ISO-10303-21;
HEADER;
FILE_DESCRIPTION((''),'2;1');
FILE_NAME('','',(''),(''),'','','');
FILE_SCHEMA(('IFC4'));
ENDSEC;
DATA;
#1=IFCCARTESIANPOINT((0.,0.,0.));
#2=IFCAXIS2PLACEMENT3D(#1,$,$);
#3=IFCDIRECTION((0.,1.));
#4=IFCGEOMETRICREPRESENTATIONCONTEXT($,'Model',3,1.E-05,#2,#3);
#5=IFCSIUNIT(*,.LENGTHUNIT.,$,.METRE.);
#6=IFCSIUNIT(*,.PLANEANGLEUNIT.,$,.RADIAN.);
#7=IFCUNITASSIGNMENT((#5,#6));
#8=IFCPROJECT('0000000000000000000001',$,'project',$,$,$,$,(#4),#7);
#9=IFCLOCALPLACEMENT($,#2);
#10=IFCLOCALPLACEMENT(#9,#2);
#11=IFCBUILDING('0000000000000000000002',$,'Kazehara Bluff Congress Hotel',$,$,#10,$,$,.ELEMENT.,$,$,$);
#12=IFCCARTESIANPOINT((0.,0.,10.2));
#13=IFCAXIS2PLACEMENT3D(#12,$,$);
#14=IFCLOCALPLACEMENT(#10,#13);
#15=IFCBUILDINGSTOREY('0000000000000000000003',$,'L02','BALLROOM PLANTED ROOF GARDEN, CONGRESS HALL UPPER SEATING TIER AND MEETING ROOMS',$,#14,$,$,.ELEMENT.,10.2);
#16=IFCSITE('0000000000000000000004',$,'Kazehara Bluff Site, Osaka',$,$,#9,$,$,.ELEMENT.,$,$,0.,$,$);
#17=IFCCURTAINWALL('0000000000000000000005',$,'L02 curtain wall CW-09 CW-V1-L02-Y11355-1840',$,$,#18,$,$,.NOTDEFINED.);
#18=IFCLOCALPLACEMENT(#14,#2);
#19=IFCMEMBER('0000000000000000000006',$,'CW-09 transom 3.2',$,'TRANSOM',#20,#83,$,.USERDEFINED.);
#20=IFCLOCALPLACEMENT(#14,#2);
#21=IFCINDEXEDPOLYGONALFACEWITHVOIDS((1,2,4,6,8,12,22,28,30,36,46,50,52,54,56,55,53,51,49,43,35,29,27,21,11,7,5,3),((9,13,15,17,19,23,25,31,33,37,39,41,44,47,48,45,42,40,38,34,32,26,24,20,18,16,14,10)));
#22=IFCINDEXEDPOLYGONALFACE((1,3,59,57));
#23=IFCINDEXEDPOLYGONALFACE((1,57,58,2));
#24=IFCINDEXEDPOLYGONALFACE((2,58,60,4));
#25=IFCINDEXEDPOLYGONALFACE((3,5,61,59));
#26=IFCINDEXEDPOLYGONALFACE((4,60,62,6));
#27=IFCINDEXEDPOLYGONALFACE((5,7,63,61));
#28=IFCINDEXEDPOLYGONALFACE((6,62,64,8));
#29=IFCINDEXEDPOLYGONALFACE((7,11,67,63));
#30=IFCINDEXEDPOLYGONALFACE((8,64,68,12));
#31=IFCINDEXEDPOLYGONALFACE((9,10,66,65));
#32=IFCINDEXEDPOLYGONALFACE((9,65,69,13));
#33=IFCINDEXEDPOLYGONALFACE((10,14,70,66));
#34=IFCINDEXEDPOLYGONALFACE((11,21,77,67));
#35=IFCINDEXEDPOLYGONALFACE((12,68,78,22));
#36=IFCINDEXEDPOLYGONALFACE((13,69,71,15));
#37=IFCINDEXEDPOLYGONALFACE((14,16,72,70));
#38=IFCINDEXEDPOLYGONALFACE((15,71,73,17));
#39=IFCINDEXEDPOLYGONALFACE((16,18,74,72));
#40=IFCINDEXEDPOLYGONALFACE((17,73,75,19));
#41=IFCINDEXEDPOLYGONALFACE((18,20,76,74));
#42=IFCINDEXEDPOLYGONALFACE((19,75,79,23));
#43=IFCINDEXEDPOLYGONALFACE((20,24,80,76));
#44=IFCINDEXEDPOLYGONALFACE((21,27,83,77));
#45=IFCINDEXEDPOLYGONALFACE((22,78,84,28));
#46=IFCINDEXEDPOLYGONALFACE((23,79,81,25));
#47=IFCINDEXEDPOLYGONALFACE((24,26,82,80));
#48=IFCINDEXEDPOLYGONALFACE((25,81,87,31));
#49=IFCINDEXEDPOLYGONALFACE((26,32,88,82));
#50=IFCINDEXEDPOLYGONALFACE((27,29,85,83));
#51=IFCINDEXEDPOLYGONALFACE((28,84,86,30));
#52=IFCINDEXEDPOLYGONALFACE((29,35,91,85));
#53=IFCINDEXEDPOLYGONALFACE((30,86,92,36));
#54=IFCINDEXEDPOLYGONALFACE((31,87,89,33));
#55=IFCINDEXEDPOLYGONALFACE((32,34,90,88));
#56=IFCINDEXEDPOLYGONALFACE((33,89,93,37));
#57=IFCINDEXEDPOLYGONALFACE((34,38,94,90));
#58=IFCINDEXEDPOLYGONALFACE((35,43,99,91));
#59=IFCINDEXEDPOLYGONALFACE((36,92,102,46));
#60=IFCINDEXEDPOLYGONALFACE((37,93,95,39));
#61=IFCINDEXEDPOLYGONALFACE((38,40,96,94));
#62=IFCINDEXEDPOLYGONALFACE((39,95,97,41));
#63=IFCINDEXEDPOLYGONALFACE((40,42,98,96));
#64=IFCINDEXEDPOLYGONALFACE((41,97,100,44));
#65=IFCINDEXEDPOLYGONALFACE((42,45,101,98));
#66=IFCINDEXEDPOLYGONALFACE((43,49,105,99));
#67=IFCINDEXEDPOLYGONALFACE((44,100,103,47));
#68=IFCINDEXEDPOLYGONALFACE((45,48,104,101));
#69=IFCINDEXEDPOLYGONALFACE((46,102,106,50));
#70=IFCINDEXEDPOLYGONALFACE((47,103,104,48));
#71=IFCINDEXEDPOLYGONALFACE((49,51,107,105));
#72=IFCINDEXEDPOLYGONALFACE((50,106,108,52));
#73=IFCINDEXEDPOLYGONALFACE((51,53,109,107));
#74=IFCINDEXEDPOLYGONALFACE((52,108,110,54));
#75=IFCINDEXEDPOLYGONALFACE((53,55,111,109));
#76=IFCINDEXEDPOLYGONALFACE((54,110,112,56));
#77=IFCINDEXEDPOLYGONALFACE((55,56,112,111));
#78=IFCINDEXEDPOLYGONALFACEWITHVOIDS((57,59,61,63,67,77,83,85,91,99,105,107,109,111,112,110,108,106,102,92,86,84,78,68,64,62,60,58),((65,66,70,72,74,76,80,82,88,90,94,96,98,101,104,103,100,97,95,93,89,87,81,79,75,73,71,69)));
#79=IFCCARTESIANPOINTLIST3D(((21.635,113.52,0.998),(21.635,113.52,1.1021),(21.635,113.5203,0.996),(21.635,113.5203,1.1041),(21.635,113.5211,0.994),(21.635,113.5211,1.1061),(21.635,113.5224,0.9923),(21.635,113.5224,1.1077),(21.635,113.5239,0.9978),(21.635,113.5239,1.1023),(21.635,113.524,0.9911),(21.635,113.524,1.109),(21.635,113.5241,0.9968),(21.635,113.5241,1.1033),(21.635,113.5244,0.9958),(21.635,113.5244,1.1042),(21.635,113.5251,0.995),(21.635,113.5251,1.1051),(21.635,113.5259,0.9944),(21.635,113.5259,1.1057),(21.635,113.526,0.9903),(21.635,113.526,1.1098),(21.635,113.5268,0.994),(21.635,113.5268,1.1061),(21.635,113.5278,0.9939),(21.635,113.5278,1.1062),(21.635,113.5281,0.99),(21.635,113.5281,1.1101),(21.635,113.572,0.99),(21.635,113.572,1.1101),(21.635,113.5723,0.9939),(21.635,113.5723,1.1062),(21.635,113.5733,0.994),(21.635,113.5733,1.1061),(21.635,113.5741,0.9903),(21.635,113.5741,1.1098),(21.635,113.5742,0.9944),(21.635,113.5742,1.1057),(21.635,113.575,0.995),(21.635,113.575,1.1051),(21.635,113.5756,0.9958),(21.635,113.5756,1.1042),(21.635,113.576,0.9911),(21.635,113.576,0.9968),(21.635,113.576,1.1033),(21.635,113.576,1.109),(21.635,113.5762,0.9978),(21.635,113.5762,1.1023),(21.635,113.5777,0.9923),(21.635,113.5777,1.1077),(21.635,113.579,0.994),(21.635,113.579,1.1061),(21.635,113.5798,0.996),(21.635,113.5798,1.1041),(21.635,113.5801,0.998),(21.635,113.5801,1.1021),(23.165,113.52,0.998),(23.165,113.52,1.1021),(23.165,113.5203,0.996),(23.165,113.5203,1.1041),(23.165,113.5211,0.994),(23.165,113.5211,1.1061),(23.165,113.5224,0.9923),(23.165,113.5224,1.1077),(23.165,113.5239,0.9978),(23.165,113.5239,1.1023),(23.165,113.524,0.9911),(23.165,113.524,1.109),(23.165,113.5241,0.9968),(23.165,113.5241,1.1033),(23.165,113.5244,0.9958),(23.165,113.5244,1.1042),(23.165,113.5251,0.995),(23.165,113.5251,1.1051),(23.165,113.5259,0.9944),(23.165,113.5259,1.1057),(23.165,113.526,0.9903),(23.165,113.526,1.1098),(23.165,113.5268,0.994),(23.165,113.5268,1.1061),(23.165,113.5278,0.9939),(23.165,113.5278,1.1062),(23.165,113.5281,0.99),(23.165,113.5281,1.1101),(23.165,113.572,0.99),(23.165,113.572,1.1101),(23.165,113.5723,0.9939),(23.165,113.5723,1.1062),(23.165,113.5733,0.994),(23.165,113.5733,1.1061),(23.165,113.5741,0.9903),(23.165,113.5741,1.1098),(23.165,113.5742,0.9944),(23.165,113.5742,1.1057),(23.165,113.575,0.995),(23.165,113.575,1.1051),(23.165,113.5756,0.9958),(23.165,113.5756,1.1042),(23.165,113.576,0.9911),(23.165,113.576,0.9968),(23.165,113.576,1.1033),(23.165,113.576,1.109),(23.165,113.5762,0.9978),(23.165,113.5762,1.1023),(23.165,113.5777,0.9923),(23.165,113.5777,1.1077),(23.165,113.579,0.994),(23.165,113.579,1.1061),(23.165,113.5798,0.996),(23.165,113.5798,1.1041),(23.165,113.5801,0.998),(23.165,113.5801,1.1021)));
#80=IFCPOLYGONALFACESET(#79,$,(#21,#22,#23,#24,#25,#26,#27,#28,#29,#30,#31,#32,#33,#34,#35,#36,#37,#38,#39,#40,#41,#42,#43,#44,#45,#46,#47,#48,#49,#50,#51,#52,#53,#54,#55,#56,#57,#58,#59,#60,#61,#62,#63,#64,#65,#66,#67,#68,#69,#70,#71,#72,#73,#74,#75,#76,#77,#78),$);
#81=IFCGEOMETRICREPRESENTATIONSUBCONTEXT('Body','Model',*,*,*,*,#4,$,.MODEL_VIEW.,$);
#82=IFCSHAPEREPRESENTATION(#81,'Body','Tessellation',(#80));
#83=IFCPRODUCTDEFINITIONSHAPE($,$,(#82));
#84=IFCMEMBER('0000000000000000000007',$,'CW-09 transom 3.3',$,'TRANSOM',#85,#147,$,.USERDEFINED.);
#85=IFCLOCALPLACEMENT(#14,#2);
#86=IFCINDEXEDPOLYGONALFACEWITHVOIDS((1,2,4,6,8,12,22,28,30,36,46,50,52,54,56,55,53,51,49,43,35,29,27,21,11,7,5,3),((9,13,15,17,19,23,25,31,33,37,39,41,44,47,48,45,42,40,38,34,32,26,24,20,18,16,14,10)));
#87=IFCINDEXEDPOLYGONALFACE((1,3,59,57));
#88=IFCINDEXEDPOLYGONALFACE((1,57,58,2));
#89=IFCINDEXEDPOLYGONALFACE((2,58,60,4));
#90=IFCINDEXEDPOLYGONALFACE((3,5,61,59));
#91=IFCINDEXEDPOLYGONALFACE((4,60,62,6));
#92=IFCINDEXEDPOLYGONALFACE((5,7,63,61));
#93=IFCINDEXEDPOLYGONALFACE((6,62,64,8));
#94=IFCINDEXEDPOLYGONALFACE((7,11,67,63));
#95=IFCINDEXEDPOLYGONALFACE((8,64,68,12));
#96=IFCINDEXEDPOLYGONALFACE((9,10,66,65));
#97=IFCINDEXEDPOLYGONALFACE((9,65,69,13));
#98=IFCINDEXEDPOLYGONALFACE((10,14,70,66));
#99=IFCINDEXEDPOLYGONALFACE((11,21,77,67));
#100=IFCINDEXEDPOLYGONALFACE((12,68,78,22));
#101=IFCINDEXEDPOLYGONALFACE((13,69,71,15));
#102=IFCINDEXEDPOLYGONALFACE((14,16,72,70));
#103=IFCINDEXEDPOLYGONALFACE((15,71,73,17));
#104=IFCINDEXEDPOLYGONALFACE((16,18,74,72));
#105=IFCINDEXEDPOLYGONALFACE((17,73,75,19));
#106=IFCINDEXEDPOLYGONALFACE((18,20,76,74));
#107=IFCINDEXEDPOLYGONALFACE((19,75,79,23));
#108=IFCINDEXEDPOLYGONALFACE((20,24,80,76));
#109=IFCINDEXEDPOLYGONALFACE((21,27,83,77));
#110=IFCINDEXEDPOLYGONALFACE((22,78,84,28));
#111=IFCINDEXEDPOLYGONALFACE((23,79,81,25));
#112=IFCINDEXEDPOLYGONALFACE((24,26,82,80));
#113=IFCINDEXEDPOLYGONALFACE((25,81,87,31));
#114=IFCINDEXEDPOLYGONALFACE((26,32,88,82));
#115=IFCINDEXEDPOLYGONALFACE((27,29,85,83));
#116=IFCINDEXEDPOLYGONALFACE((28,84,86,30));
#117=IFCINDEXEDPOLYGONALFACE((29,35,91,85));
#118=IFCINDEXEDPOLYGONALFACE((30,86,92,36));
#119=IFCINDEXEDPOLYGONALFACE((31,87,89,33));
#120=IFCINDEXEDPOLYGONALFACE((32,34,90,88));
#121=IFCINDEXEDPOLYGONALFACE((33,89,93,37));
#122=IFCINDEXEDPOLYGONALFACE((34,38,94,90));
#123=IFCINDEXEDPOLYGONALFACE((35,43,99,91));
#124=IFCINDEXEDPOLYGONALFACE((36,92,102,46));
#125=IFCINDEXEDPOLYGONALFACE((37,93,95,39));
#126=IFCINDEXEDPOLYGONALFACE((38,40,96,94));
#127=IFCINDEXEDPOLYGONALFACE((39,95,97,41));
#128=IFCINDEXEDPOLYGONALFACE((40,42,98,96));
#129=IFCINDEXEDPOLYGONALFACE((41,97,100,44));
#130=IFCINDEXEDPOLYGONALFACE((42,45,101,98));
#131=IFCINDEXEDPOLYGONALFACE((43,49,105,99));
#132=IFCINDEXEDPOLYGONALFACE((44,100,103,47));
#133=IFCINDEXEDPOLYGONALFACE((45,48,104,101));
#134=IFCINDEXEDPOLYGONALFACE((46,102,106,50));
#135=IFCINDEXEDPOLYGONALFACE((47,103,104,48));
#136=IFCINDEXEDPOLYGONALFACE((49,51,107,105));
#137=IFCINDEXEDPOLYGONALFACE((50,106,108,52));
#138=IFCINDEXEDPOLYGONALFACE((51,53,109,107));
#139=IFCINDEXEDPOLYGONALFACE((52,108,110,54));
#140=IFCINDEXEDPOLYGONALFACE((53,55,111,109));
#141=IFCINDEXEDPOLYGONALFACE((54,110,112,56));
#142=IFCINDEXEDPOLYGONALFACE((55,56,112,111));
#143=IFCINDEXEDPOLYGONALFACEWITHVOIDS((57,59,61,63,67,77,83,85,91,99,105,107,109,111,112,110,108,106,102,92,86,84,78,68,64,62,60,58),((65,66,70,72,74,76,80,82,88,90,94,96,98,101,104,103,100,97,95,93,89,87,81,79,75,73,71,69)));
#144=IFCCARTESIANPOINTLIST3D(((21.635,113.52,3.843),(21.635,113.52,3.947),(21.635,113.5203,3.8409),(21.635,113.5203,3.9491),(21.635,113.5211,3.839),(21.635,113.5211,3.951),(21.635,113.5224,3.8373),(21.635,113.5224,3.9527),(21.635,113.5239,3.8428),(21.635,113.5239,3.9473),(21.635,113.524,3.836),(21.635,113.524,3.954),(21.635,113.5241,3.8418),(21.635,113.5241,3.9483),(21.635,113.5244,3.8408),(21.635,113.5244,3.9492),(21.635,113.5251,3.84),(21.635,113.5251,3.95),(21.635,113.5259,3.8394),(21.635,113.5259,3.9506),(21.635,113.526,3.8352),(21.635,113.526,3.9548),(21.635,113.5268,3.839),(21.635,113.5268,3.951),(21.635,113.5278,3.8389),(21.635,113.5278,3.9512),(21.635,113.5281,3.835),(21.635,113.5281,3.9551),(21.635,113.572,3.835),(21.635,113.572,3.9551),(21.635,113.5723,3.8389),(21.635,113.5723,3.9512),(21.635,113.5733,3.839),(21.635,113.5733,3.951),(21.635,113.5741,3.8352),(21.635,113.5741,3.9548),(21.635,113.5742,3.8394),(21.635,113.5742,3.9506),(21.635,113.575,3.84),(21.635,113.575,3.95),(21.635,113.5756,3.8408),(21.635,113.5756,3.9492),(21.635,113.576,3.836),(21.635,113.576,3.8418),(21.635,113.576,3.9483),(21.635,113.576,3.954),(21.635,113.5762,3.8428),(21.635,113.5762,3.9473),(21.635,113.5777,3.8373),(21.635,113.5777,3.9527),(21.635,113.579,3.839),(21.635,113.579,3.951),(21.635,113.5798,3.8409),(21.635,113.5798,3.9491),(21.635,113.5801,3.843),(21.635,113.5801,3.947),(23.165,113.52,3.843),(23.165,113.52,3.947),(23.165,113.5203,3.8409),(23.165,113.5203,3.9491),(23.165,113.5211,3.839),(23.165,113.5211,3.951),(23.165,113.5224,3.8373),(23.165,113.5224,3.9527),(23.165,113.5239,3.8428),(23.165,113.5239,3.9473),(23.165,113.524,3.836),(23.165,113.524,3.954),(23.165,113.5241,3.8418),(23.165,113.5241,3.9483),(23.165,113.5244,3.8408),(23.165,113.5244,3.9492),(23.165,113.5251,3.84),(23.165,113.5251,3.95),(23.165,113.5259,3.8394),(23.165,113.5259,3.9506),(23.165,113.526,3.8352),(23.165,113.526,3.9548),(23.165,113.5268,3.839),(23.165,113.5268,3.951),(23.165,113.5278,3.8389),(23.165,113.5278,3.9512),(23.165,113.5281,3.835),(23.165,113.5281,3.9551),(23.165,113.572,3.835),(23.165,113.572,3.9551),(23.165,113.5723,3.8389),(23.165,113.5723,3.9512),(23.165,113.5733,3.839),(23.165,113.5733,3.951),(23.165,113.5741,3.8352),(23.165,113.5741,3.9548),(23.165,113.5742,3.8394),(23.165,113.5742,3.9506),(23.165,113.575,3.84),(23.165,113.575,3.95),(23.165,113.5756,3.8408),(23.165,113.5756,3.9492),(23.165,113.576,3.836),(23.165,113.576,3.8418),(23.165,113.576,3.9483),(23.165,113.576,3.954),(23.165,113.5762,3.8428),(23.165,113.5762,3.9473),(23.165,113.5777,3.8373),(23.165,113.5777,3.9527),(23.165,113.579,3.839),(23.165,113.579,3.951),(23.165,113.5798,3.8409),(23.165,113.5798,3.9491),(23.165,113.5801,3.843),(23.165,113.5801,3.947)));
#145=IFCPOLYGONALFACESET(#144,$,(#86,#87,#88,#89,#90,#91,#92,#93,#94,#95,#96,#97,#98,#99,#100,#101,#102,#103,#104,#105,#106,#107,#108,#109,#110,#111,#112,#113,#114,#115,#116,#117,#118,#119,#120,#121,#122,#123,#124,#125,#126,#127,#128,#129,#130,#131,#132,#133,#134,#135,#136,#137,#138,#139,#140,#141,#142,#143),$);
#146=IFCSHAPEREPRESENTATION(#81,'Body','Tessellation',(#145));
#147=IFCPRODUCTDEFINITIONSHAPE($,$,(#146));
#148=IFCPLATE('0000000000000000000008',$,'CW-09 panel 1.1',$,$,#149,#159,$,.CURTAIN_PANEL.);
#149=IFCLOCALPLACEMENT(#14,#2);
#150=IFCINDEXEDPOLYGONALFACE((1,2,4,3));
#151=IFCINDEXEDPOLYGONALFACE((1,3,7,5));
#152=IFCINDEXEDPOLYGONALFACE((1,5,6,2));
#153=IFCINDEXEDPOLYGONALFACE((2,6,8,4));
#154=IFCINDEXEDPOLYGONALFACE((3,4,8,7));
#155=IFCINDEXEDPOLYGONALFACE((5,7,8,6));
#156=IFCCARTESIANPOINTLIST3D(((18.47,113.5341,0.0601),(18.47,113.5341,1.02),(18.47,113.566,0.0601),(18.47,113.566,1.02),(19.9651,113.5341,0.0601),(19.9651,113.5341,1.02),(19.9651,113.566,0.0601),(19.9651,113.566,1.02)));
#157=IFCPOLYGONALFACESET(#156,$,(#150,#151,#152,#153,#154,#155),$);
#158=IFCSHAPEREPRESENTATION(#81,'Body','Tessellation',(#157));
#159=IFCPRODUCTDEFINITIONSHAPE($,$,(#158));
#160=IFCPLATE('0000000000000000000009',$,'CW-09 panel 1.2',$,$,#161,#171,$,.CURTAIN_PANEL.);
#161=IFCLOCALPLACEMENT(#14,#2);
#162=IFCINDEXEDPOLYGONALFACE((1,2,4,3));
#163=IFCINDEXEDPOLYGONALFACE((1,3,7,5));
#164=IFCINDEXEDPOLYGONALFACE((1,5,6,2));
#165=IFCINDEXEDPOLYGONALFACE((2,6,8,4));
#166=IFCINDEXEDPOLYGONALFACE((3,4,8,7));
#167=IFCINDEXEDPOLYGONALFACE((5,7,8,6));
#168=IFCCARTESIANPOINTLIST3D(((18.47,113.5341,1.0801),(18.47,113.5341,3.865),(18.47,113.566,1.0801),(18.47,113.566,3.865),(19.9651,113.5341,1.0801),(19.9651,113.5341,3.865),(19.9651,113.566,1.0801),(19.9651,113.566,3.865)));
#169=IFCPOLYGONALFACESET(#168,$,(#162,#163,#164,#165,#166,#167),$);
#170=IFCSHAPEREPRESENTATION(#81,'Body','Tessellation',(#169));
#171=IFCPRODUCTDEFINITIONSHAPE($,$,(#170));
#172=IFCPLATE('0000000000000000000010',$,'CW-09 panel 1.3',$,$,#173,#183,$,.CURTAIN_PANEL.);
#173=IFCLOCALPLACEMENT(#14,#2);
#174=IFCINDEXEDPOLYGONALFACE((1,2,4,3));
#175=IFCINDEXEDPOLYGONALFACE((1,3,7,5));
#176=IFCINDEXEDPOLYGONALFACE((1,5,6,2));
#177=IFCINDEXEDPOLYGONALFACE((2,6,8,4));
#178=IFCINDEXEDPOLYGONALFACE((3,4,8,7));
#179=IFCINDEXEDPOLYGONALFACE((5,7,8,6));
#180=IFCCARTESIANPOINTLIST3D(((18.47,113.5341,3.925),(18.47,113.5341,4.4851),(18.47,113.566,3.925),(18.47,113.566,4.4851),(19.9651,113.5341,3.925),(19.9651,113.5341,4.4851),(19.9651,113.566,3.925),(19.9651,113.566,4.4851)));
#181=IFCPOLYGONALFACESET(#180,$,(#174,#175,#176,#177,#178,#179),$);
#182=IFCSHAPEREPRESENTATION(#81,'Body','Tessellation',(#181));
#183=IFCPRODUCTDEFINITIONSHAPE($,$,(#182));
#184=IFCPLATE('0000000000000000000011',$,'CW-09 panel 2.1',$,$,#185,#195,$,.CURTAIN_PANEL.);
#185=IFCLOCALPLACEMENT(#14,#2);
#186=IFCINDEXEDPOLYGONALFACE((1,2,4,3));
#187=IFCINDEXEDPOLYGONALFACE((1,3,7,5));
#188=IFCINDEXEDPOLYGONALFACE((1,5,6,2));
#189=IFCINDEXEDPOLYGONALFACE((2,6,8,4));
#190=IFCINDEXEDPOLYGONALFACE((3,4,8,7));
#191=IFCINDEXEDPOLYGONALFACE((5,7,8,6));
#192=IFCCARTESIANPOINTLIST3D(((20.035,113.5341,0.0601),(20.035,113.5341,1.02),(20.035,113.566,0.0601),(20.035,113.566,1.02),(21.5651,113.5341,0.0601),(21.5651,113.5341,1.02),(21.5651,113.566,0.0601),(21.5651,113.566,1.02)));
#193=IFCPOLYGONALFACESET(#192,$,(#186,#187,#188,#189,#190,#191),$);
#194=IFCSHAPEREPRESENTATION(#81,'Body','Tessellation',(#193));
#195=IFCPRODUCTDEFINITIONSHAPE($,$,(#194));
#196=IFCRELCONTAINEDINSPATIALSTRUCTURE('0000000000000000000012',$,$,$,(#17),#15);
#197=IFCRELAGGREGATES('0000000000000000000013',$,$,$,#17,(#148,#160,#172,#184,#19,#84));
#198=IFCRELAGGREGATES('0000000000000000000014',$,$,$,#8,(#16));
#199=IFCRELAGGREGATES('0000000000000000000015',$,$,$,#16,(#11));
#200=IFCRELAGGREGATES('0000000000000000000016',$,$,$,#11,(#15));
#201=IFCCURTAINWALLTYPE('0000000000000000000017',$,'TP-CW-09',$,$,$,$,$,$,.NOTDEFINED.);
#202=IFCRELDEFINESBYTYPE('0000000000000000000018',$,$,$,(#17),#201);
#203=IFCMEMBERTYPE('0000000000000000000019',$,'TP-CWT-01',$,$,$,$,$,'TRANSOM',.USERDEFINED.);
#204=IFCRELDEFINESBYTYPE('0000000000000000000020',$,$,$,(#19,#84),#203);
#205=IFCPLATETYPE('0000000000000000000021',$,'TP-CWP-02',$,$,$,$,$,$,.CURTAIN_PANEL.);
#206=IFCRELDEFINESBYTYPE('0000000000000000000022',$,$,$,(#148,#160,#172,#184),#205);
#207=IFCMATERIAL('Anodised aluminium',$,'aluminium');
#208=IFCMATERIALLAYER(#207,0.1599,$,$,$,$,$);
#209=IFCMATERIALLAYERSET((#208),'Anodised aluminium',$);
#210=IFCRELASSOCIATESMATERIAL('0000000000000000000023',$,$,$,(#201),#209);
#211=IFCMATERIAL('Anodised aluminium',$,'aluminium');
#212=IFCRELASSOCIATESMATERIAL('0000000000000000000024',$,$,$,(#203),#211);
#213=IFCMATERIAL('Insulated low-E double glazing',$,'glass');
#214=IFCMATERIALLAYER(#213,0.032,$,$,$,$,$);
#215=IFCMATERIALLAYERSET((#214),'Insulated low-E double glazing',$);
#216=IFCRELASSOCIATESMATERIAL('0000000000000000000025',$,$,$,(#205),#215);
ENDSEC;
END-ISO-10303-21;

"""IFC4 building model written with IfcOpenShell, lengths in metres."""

from ifc_helpers import new_model, si_unit, direction, frame, origin, origin_2d, place, context, subcontext, project, spatial, rectangle, hollow_rectangle, extrude, material, layer, layer_set, material_profile, profile_set, type_object, element, aggregate, save


model = new_model("IFC4")

# Units and contexts
model_context = context("Model", 3, precision=1e-05, world=origin(), true_north=direction((0.0, 1.0)))
body_context = subcontext(model_context, "Body", "Model", "MODEL_VIEW")
ifc_project = project(units=[si_unit("LENGTHUNIT", "METRE"), si_unit("PLANEANGLEUNIT", "RADIAN")], contexts=[model_context])

# Site, building, storey
site_placement = place(None, origin())
site = spatial("IfcSite", under=ifc_project, at=site_placement, Name="Kazehara Bluff Site, Osaka", CompositionType="ELEMENT", RefElevation=0.0)
building_placement = place(site_placement, origin())
building = spatial("IfcBuilding", under=site, at=building_placement, Name="Kazehara Bluff Congress Hotel", CompositionType="ELEMENT")
storey_placement = place(building_placement, frame((0.0, 0.0, 10.2)))
storey = spatial("IfcBuildingStorey", under=building, at=storey_placement, Name="L02", Description="BALLROOM PLANTED ROOF GARDEN, CONGRESS HALL UPPER SEATING TIER AND MEETING ROOMS", CompositionType="ELEMENT", Elevation=10.2)

# Curtain wall, members, plates
ifc_material_1 = material(Name="Anodised aluminium", Category="aluminium")
ifc_layer_1 = layer(ifc_material_1, 0.1599)
ifc_layer_set_1 = layer_set([ifc_layer_1], Name="Anodised aluminium")
curtain_wall_type = type_object("IfcCurtainWallType", Name="TP-CW-09", PredefinedType="NOTDEFINED", material=ifc_layer_set_1)
curtain_wall_placement = place(storey_placement, origin())
curtain_wall = element("IfcCurtainWall", 1, at=curtain_wall_placement, inside=storey, type_object=curtain_wall_type, Name="L02 curtain wall CW-09 CW-V1-L02-Y11355-1840", PredefinedType="NOTDEFINED")
ifc_material_2 = material(Name="Anodised aluminium", Category="aluminium")
ifc_material_profile_1 = material_profile(ifc_material_2, hollow_rectangle(XDim=0.0601, YDim=0.1201, WallThickness=0.0039, InnerFilletRadius=0.0039, OuterFilletRadius=0.0081, at=origin_2d()))
ifc_profile_set_1 = profile_set([ifc_material_profile_1], Name="Anodised aluminium")
member_type_1 = type_object("IfcMemberType", Name="TP-CWT-01", ElementType="TRANSOM", PredefinedType="USERDEFINED", material=ifc_profile_set_1)
member_1_placement = place(storey_placement, frame((21.635, 113.55, 1.05), z_axis=(1.0, 0.0, 0.0), x_axis=(0.0, 1.0, 0.0)))
member_1 = element("IfcMember", 2, at=member_1_placement, type_object=member_type_1, Name="CW-09 transom 3.2", ObjectType="TRANSOM", PredefinedType="USERDEFINED", context=body_context, shape_type="SweptSolid", body=[
    extrude(hollow_rectangle(XDim=0.0601, YDim=0.1201, WallThickness=0.0039, InnerFilletRadius=0.0039, OuterFilletRadius=0.0081, at=origin_2d()), origin(), (0.0, 0.0, 1.0), 1.53),
])
member_2_placement = place(storey_placement, frame((21.635, 113.55, 3.895), z_axis=(1.0, 0.0, 0.0), x_axis=(0.0, 1.0, 0.0)))
member_2 = element("IfcMember", 3, at=member_2_placement, type_object=member_type_1, Name="CW-09 transom 3.3", ObjectType="TRANSOM", PredefinedType="USERDEFINED", context=body_context, shape_type="SweptSolid", body=[
    extrude(hollow_rectangle(XDim=0.0601, YDim=0.1201, WallThickness=0.0039, InnerFilletRadius=0.0039, OuterFilletRadius=0.0081, at=origin_2d()), origin(), (0.0, 0.0, 1.0), 1.53),
])
ifc_material_3 = material(Name="Insulated low-E double glazing", Category="glass")
ifc_layer_2 = layer(ifc_material_3, 0.032)
ifc_layer_set_2 = layer_set([ifc_layer_2], Name="Insulated low-E double glazing")
plate_type = type_object("IfcPlateType", Name="TP-CWP-02", PredefinedType="CURTAIN_PANEL", material=ifc_layer_set_2)
plate_1_placement = place(storey_placement, frame((19.2175, 113.55, 0.0601), z_axis=(0.0, 0.0, 1.0), x_axis=(1.0, 0.0, 0.0)))
plate_1 = element("IfcPlate", 4, at=plate_1_placement, type_object=plate_type, Name="CW-09 panel 1.1", PredefinedType="CURTAIN_PANEL", context=body_context, shape_type="SweptSolid", body=[
    extrude(rectangle(XDim=1.4951, YDim=0.032, at=origin_2d()), origin(), (0.0, 0.0, 1.0), 0.96),
])
plate_2_placement = place(storey_placement, frame((19.2175, 113.55, 1.0801), z_axis=(0.0, 0.0, 1.0), x_axis=(1.0, 0.0, 0.0)))
plate_2 = element("IfcPlate", 5, at=plate_2_placement, type_object=plate_type, Name="CW-09 panel 1.2", PredefinedType="CURTAIN_PANEL", context=body_context, shape_type="SweptSolid", body=[
    extrude(rectangle(XDim=1.4951, YDim=0.032, at=origin_2d()), origin(), (0.0, 0.0, 1.0), 2.7849),
])
plate_3_placement = place(storey_placement, frame((19.2175, 113.55, 3.925), z_axis=(0.0, 0.0, 1.0), x_axis=(1.0, 0.0, 0.0)))
plate_3 = element("IfcPlate", 6, at=plate_3_placement, type_object=plate_type, Name="CW-09 panel 1.3", PredefinedType="CURTAIN_PANEL", context=body_context, shape_type="SweptSolid", body=[
    extrude(rectangle(XDim=1.4951, YDim=0.032, at=origin_2d()), origin(), (0.0, 0.0, 1.0), 0.5601),
])
plate_4_placement = place(storey_placement, frame((20.8, 113.55, 0.0601), z_axis=(0.0, 0.0, 1.0), x_axis=(1.0, 0.0, 0.0)))
plate_4 = element("IfcPlate", 7, at=plate_4_placement, type_object=plate_type, Name="CW-09 panel 2.1", PredefinedType="CURTAIN_PANEL", context=body_context, shape_type="SweptSolid", body=[
    extrude(rectangle(XDim=1.53, YDim=0.032, at=origin_2d()), origin(), (0.0, 0.0, 1.0), 0.96),
])
aggregate(curtain_wall, [plate_1, plate_2, plate_3, plate_4, member_1, member_2])

save(model, "model.ifc")
